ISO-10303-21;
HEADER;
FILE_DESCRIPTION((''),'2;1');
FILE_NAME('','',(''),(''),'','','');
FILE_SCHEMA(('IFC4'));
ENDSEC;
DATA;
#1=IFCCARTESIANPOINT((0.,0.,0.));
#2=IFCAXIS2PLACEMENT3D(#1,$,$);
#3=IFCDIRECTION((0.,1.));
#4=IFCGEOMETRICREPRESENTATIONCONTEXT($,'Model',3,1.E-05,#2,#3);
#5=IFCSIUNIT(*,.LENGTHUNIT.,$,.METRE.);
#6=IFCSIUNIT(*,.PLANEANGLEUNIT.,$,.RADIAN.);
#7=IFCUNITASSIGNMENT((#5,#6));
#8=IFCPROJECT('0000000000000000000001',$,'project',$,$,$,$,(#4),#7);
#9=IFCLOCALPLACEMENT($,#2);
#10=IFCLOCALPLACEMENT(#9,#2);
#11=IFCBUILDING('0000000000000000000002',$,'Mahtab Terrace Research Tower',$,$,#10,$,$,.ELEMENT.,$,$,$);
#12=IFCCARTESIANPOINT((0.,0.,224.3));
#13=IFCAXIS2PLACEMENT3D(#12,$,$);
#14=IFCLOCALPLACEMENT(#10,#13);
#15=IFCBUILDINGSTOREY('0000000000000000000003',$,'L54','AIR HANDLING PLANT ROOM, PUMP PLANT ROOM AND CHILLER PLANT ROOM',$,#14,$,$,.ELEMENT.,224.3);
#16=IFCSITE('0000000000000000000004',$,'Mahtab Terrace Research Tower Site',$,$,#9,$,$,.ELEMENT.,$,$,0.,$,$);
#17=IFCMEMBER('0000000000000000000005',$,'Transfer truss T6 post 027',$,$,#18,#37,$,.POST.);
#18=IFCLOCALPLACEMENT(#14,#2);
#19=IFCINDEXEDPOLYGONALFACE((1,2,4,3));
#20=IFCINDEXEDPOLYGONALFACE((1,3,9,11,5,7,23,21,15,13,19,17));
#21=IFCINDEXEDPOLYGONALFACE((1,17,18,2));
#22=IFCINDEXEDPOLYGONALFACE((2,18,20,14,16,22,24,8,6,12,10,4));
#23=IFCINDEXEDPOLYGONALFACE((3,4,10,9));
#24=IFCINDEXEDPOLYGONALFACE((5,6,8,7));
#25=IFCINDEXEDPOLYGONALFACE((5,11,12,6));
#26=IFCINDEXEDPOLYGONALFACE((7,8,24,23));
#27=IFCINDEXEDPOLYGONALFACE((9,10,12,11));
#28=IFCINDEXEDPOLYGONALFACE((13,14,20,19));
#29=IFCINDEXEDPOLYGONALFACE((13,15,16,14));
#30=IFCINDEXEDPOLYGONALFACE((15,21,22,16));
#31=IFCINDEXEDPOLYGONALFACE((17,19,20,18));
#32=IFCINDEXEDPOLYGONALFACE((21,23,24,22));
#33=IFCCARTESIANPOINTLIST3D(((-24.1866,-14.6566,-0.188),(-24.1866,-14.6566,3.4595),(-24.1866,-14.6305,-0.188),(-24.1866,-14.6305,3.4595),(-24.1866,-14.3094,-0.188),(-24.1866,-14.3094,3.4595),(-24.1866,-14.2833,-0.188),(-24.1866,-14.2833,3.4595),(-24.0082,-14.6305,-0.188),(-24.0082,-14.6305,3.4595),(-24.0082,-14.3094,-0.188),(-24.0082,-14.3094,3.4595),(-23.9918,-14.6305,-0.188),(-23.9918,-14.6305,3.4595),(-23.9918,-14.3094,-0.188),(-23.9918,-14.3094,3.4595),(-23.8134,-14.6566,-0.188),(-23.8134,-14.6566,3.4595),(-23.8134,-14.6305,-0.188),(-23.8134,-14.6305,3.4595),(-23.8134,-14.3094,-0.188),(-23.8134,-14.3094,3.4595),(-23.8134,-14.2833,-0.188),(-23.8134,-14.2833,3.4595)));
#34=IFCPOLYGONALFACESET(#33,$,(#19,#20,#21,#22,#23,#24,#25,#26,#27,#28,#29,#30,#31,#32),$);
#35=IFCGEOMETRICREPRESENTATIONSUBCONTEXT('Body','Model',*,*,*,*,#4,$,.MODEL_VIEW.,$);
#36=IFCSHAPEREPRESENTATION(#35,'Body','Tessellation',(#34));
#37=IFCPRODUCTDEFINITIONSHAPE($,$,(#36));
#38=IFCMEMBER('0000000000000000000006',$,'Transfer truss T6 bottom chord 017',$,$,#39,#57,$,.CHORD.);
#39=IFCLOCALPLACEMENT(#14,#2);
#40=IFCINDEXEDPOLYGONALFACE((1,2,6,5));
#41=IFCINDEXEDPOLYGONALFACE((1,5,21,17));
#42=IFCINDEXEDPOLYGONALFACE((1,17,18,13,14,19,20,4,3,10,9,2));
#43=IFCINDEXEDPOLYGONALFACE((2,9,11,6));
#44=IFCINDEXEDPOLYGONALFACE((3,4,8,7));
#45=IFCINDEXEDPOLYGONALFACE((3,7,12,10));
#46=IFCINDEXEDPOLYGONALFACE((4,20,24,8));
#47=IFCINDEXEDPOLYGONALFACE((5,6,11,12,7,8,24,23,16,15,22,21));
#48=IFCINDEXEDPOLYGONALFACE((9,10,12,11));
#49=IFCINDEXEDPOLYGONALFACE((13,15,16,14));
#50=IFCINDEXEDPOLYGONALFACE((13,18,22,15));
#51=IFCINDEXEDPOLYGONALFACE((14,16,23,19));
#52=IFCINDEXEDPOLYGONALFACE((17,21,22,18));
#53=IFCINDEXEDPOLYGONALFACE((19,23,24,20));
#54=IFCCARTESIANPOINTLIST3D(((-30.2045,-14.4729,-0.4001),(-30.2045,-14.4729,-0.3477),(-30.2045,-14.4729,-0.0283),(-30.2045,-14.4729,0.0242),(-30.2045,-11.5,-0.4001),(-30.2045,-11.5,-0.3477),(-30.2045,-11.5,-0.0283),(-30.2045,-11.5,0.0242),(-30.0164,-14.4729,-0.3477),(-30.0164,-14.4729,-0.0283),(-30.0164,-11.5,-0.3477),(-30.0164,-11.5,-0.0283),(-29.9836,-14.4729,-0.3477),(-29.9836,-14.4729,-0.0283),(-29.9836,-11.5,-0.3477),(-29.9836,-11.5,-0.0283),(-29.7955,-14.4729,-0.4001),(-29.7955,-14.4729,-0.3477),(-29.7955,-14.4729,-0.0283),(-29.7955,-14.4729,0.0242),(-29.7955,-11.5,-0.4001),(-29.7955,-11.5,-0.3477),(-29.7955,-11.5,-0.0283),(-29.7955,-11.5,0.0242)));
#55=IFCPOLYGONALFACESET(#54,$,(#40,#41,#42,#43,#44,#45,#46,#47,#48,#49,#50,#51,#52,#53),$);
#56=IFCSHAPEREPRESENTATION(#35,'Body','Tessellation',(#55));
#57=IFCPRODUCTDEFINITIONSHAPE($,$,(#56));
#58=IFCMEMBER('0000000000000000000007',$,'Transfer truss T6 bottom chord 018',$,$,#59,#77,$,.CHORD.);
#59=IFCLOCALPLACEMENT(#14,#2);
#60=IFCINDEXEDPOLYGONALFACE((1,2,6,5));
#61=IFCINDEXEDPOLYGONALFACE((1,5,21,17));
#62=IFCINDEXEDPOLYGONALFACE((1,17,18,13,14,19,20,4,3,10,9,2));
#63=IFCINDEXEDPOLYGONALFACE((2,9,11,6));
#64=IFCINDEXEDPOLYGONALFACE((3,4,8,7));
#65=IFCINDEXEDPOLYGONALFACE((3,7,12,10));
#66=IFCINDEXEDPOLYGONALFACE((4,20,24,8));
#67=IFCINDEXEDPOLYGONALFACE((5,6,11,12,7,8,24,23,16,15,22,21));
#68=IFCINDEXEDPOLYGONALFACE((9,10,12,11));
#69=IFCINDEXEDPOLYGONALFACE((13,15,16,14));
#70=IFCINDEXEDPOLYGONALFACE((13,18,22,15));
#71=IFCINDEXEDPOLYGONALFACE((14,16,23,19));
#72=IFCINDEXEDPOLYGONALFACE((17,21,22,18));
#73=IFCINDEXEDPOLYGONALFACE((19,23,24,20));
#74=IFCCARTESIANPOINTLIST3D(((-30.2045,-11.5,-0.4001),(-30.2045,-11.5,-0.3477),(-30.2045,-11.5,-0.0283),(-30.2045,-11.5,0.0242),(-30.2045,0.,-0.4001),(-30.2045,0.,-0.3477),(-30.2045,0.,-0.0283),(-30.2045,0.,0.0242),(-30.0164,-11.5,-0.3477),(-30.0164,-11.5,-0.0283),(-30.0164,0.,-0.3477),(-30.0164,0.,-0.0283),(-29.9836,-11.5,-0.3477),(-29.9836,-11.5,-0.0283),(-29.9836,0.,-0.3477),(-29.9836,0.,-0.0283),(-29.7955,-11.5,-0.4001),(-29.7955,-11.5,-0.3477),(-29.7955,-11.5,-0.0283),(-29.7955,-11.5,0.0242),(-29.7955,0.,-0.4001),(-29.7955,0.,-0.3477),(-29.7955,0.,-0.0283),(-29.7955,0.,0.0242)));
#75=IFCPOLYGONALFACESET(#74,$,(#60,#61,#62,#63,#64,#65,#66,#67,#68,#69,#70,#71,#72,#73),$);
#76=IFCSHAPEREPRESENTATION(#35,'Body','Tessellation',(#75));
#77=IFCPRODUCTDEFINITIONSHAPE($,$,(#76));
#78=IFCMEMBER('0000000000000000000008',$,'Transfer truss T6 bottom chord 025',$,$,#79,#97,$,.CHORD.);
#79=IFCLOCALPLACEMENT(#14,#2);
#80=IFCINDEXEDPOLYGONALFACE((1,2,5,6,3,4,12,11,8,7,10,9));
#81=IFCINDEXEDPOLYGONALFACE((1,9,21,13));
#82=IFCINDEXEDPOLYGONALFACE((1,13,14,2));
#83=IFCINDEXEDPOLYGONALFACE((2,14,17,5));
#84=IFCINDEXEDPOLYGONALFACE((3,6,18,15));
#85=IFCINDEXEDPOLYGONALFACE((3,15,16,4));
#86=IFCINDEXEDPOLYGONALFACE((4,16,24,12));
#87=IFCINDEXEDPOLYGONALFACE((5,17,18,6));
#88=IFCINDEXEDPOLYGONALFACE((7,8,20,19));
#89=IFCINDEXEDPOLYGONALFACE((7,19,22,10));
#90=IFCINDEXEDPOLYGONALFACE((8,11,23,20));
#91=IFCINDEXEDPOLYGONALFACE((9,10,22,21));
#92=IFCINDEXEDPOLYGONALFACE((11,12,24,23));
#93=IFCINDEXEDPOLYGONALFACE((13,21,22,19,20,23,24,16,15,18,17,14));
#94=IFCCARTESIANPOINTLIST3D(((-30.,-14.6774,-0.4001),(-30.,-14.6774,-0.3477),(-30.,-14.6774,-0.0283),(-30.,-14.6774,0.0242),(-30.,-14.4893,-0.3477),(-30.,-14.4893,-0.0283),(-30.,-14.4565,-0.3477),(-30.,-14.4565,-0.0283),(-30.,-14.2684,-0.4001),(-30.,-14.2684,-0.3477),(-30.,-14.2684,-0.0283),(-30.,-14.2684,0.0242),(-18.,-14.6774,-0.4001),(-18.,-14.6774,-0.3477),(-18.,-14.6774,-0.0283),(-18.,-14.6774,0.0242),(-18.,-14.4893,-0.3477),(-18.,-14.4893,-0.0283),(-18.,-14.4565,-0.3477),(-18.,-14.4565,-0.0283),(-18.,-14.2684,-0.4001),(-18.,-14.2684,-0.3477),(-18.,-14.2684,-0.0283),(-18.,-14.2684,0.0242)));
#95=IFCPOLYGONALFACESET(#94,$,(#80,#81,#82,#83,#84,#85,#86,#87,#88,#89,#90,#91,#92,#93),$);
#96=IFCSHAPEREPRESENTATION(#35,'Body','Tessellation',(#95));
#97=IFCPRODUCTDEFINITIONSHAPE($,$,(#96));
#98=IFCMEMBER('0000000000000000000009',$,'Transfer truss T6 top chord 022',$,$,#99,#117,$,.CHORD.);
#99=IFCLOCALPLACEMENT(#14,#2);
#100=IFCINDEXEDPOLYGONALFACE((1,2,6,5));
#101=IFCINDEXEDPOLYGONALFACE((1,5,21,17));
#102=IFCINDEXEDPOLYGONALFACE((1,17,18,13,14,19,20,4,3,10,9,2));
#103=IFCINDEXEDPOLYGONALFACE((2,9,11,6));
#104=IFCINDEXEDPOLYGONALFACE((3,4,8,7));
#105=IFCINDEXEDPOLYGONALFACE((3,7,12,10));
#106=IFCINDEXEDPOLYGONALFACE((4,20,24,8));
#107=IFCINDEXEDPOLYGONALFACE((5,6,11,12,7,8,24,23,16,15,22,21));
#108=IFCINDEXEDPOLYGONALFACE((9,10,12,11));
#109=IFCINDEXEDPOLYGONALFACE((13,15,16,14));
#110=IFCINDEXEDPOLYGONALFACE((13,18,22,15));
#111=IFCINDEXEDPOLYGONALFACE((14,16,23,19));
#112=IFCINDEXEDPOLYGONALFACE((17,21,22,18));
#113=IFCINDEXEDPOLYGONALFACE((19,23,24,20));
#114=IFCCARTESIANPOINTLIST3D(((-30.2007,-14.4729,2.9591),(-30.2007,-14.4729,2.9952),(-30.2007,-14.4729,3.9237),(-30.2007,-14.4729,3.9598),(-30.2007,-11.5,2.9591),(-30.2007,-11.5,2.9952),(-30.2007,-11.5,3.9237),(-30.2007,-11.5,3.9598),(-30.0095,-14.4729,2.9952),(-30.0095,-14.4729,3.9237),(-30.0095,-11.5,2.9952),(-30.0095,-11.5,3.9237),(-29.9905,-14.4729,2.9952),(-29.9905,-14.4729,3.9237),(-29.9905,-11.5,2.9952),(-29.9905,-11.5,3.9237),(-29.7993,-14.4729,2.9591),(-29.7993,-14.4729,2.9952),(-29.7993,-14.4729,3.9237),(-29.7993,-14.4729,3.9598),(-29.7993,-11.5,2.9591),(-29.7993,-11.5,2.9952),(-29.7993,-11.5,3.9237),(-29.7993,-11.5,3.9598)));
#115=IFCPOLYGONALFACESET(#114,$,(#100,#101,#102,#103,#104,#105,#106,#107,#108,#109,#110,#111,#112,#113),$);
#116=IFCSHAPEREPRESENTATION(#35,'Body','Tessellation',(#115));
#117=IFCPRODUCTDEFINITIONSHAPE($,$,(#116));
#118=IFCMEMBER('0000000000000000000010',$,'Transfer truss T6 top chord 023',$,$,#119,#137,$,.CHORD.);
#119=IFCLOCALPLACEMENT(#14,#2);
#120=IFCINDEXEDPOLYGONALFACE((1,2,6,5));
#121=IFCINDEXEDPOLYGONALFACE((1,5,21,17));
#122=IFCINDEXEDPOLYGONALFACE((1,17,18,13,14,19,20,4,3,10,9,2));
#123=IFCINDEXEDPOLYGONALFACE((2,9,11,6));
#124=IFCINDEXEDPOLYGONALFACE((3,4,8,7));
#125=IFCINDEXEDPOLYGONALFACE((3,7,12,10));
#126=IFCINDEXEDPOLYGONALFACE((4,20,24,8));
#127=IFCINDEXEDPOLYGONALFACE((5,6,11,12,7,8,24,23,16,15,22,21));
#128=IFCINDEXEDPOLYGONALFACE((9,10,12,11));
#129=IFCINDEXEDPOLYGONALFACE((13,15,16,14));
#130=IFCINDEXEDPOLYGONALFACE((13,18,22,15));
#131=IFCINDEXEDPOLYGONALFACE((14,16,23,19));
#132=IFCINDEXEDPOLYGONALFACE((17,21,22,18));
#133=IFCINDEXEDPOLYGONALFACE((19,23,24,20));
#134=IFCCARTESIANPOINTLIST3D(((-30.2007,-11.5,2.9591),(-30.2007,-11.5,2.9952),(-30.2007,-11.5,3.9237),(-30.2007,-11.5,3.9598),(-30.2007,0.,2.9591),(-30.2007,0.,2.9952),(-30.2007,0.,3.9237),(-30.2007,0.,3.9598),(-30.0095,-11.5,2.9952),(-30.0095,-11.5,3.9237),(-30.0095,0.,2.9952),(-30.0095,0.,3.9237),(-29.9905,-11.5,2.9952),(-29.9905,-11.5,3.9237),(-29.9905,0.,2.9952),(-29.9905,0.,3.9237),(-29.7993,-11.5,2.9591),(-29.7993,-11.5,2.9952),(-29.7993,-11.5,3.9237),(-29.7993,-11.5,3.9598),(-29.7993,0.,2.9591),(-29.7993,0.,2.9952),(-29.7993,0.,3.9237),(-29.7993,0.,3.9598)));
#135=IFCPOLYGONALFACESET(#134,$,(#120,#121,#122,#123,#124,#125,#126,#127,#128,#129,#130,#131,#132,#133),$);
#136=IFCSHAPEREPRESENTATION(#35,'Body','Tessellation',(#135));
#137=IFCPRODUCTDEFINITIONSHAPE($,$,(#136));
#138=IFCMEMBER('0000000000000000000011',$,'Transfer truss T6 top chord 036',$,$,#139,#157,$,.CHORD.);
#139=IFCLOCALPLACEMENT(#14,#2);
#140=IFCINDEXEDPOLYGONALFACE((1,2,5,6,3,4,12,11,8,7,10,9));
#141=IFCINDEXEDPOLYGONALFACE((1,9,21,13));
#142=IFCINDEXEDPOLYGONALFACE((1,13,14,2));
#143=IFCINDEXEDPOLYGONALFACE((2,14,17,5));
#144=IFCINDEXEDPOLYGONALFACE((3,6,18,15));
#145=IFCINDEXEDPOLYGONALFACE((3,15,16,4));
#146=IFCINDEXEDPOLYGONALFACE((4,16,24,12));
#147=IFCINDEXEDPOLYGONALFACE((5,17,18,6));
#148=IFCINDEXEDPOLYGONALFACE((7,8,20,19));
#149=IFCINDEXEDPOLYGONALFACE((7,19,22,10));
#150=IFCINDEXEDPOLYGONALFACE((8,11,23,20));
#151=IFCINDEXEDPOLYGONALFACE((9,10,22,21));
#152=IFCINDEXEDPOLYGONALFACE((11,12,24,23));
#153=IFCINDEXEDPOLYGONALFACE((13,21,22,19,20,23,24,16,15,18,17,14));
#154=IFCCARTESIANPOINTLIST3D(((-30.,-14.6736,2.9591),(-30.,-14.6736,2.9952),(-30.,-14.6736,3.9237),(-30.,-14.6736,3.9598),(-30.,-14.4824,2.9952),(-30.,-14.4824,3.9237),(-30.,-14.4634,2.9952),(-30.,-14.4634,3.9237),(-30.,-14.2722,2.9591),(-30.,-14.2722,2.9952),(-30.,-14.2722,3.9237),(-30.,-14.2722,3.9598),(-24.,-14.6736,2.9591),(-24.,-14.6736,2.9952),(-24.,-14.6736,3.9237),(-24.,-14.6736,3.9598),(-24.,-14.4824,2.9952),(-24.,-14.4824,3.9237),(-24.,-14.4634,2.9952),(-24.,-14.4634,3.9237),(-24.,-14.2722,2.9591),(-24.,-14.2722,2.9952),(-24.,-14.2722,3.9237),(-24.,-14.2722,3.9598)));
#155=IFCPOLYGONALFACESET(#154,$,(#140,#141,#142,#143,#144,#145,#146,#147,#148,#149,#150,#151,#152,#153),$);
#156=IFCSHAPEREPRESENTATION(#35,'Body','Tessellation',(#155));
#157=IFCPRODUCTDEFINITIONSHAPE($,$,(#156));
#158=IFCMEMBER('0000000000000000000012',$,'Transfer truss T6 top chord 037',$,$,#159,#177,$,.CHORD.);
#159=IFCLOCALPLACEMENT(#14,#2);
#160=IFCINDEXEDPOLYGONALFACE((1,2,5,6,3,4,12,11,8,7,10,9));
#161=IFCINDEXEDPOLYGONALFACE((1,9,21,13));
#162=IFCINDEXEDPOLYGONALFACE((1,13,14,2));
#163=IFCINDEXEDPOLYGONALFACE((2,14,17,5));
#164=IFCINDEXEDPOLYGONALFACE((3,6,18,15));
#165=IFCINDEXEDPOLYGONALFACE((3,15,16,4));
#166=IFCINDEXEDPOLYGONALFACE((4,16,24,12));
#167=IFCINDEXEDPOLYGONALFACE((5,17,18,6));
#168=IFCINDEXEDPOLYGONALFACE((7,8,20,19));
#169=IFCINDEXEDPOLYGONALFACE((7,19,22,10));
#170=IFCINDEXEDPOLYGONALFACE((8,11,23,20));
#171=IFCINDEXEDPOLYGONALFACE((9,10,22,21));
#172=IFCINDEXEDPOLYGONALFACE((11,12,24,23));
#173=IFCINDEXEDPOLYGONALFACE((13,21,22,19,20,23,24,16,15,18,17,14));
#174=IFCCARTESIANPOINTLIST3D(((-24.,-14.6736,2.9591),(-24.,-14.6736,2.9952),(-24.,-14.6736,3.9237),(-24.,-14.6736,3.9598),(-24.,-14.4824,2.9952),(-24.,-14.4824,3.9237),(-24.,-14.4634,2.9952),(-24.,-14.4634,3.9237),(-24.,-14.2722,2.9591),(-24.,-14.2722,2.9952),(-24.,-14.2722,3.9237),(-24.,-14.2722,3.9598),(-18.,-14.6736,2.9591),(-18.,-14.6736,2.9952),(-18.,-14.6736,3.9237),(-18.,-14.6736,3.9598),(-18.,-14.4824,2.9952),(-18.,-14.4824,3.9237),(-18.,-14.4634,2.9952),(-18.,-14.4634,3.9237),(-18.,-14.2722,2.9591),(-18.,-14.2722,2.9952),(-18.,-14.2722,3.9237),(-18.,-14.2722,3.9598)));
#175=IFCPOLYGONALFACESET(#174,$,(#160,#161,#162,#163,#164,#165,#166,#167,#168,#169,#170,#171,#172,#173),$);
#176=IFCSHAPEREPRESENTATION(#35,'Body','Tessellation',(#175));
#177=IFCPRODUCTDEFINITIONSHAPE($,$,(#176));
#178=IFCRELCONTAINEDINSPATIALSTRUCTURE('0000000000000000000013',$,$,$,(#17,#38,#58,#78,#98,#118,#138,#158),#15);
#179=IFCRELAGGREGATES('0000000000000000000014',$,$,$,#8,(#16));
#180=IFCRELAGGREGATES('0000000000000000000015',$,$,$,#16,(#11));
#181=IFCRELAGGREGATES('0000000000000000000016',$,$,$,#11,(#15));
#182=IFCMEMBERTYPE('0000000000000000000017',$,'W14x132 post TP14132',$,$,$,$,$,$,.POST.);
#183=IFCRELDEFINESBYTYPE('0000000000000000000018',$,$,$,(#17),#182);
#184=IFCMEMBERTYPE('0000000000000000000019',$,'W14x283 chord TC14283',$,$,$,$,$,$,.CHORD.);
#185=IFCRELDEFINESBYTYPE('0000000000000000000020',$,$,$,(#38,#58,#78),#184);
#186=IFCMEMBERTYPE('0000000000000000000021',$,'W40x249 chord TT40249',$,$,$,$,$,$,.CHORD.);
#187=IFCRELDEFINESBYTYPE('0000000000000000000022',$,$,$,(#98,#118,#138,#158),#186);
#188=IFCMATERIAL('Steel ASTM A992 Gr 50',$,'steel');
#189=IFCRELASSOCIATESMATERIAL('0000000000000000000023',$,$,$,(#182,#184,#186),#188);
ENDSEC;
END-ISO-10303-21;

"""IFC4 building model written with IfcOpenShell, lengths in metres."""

from ifc_helpers import new_model, si_unit, direction, frame, origin, origin_2d, place, context, subcontext, project, spatial, i_section, extrude, material, material_profile, profile_set, type_object, element, save


model = new_model("IFC4")

# Units and contexts
model_context = context("Model", 3, precision=1e-05, world=origin(), true_north=direction((0.0, 1.0)))
body_context = subcontext(model_context, "Body", "Model", "MODEL_VIEW")
ifc_project = project(units=[si_unit("LENGTHUNIT", "METRE"), si_unit("PLANEANGLEUNIT", "RADIAN")], contexts=[model_context])

# Site, building, storey
site_placement = place(None, origin())
site = spatial("IfcSite", under=ifc_project, at=site_placement, Name="Mahtab Terrace Research Tower Site", CompositionType="ELEMENT", RefElevation=0.0)
building_placement = place(site_placement, origin())
building = spatial("IfcBuilding", under=site, at=building_placement, Name="Mahtab Terrace Research Tower", CompositionType="ELEMENT")
storey_placement = place(building_placement, frame((0.0, 0.0, 224.3)))
storey = spatial("IfcBuildingStorey", under=building, at=storey_placement, Name="L54", Description="AIR HANDLING PLANT ROOM, PUMP PLANT ROOM AND CHILLER PLANT ROOM", CompositionType="ELEMENT", Elevation=224.3)

# Shared definitions
ifc_material_1 = material(Name="Steel ASTM A992 Gr 50", Category="steel")

# Members
ifc_material_profile_1 = material_profile(ifc_material_1, i_section(OverallWidth=0.3733, OverallDepth=0.3733, WebThickness=0.0164, FlangeThickness=0.0261, at=origin_2d()), Name="W14X132")
ifc_profile_set_1 = profile_set([ifc_material_profile_1], Name="Steel ASTM A992 Gr 50")
member_type_1 = type_object("IfcMemberType", Name="W14x132 post TP14132", PredefinedType="POST", material=ifc_profile_set_1)
for number, where, z_axis, x_axis, name in (
    (1, (-24.0, -14.47, -0.188), (0.0, 0.0, 1.0), (1.0, 0.0, 0.0), "Transfer truss T6 post 027"),
):
    element("IfcMember", number, at=place(storey_placement, frame(where, z_axis=z_axis, x_axis=x_axis)), inside=storey, type_object=member_type_1, Name=name, PredefinedType="POST", context=body_context, shape_type="SweptSolid", body=[
        extrude(i_section(OverallWidth=0.3733, OverallDepth=0.3733, WebThickness=0.0164, FlangeThickness=0.0261, at=origin_2d()), origin(), (0.0, 0.0, 1.0), 3.6475),
    ])
ifc_material_profile_2 = material_profile(ifc_material_1, i_section(OverallWidth=0.4089, OverallDepth=0.4243, WebThickness=0.0327, FlangeThickness=0.0525, at=origin_2d()), Name="W14X283")
ifc_profile_set_2 = profile_set([ifc_material_profile_2], Name="Steel ASTM A992 Gr 50")
member_type_2 = type_object("IfcMemberType", Name="W14x283 chord TC14283", PredefinedType="CHORD", material=ifc_profile_set_2)
member_1_placement = place(storey_placement, frame((-30.0, -14.4729, -0.188), z_axis=(0.0, 1.0, 0.0), x_axis=(-1.0, 0.0, 0.0)))
element("IfcMember", 2, at=member_1_placement, inside=storey, type_object=member_type_2, Name="Transfer truss T6 bottom chord 017", PredefinedType="CHORD", context=body_context, shape_type="SweptSolid", body=[
    extrude(i_section(OverallWidth=0.4089, OverallDepth=0.4243, WebThickness=0.0327, FlangeThickness=0.0525, at=origin_2d()), origin(), (0.0, 0.0, 1.0), 2.9729),
])
member_2_placement = place(storey_placement, frame((-30.0, -11.5, -0.188), z_axis=(0.0, 1.0, 0.0), x_axis=(-1.0, 0.0, 0.0)))
element("IfcMember", 3, at=member_2_placement, inside=storey, type_object=member_type_2, Name="Transfer truss T6 bottom chord 018", PredefinedType="CHORD", context=body_context, shape_type="SweptSolid", body=[
    extrude(i_section(OverallWidth=0.4089, OverallDepth=0.4243, WebThickness=0.0327, FlangeThickness=0.0525, at=origin_2d()), origin(), (0.0, 0.0, 1.0), 11.5),
])
member_3_placement = place(storey_placement, frame((-30.0, -14.4729, -0.188), z_axis=(1.0, 0.0, 0.0), x_axis=(0.0, 1.0, 0.0)))
element("IfcMember", 4, at=member_3_placement, inside=storey, type_object=member_type_2, Name="Transfer truss T6 bottom chord 025", PredefinedType="CHORD", context=body_context, shape_type="SweptSolid", body=[
    extrude(i_section(OverallWidth=0.4089, OverallDepth=0.4243, WebThickness=0.0327, FlangeThickness=0.0525, at=origin_2d()), origin(), (0.0, 0.0, 1.0), 12.0),
])
ifc_material_profile_3 = material_profile(ifc_material_1, i_section(OverallWidth=0.4014, OverallDepth=1.0007, WebThickness=0.019, FlangeThickness=0.0361, at=origin_2d()), Name="W40X249")
ifc_profile_set_3 = profile_set([ifc_material_profile_3], Name="Steel ASTM A992 Gr 50")
member_type_3 = type_object("IfcMemberType", Name="W40x249 chord TT40249", PredefinedType="CHORD", material=ifc_profile_set_3)
member_4_placement = place(storey_placement, frame((-30.0, -14.4729, 3.4595), z_axis=(0.0, 1.0, 0.0), x_axis=(-1.0, 0.0, 0.0)))
element("IfcMember", 5, at=member_4_placement, inside=storey, type_object=member_type_3, Name="Transfer truss T6 top chord 022", PredefinedType="CHORD", context=body_context, shape_type="SweptSolid", body=[
    extrude(i_section(OverallWidth=0.4014, OverallDepth=1.0007, WebThickness=0.019, FlangeThickness=0.0361, at=origin_2d()), origin(), (0.0, 0.0, 1.0), 2.9729),
])
member_5_placement = place(storey_placement, frame((-30.0, -11.5, 3.4595), z_axis=(0.0, 1.0, 0.0), x_axis=(-1.0, 0.0, 0.0)))
element("IfcMember", 6, at=member_5_placement, inside=storey, type_object=member_type_3, Name="Transfer truss T6 top chord 023", PredefinedType="CHORD", context=body_context, shape_type="SweptSolid", body=[
    extrude(i_section(OverallWidth=0.4014, OverallDepth=1.0007, WebThickness=0.019, FlangeThickness=0.0361, at=origin_2d()), origin(), (0.0, 0.0, 1.0), 11.5),
])
for number, where, z_axis, x_axis, name in (
    (7, (-30.0, -14.4729, 3.4595), (1.0, 0.0, 0.0), (0.0, 1.0, 0.0), "Transfer truss T6 top chord 036"),
    (8, (-24.0, -14.4729, 3.4595), (1.0, 0.0, 0.0), (0.0, 1.0, 0.0), "Transfer truss T6 top chord 037"),
):
    element("IfcMember", number, at=place(storey_placement, frame(where, z_axis=z_axis, x_axis=x_axis)), inside=storey, type_object=member_type_3, Name=name, PredefinedType="CHORD", context=body_context, shape_type="SweptSolid", body=[
        extrude(i_section(OverallWidth=0.4014, OverallDepth=1.0007, WebThickness=0.019, FlangeThickness=0.0361, at=origin_2d()), origin(), (0.0, 0.0, 1.0), 6.0),
    ])

save(model, "model.ifc")
